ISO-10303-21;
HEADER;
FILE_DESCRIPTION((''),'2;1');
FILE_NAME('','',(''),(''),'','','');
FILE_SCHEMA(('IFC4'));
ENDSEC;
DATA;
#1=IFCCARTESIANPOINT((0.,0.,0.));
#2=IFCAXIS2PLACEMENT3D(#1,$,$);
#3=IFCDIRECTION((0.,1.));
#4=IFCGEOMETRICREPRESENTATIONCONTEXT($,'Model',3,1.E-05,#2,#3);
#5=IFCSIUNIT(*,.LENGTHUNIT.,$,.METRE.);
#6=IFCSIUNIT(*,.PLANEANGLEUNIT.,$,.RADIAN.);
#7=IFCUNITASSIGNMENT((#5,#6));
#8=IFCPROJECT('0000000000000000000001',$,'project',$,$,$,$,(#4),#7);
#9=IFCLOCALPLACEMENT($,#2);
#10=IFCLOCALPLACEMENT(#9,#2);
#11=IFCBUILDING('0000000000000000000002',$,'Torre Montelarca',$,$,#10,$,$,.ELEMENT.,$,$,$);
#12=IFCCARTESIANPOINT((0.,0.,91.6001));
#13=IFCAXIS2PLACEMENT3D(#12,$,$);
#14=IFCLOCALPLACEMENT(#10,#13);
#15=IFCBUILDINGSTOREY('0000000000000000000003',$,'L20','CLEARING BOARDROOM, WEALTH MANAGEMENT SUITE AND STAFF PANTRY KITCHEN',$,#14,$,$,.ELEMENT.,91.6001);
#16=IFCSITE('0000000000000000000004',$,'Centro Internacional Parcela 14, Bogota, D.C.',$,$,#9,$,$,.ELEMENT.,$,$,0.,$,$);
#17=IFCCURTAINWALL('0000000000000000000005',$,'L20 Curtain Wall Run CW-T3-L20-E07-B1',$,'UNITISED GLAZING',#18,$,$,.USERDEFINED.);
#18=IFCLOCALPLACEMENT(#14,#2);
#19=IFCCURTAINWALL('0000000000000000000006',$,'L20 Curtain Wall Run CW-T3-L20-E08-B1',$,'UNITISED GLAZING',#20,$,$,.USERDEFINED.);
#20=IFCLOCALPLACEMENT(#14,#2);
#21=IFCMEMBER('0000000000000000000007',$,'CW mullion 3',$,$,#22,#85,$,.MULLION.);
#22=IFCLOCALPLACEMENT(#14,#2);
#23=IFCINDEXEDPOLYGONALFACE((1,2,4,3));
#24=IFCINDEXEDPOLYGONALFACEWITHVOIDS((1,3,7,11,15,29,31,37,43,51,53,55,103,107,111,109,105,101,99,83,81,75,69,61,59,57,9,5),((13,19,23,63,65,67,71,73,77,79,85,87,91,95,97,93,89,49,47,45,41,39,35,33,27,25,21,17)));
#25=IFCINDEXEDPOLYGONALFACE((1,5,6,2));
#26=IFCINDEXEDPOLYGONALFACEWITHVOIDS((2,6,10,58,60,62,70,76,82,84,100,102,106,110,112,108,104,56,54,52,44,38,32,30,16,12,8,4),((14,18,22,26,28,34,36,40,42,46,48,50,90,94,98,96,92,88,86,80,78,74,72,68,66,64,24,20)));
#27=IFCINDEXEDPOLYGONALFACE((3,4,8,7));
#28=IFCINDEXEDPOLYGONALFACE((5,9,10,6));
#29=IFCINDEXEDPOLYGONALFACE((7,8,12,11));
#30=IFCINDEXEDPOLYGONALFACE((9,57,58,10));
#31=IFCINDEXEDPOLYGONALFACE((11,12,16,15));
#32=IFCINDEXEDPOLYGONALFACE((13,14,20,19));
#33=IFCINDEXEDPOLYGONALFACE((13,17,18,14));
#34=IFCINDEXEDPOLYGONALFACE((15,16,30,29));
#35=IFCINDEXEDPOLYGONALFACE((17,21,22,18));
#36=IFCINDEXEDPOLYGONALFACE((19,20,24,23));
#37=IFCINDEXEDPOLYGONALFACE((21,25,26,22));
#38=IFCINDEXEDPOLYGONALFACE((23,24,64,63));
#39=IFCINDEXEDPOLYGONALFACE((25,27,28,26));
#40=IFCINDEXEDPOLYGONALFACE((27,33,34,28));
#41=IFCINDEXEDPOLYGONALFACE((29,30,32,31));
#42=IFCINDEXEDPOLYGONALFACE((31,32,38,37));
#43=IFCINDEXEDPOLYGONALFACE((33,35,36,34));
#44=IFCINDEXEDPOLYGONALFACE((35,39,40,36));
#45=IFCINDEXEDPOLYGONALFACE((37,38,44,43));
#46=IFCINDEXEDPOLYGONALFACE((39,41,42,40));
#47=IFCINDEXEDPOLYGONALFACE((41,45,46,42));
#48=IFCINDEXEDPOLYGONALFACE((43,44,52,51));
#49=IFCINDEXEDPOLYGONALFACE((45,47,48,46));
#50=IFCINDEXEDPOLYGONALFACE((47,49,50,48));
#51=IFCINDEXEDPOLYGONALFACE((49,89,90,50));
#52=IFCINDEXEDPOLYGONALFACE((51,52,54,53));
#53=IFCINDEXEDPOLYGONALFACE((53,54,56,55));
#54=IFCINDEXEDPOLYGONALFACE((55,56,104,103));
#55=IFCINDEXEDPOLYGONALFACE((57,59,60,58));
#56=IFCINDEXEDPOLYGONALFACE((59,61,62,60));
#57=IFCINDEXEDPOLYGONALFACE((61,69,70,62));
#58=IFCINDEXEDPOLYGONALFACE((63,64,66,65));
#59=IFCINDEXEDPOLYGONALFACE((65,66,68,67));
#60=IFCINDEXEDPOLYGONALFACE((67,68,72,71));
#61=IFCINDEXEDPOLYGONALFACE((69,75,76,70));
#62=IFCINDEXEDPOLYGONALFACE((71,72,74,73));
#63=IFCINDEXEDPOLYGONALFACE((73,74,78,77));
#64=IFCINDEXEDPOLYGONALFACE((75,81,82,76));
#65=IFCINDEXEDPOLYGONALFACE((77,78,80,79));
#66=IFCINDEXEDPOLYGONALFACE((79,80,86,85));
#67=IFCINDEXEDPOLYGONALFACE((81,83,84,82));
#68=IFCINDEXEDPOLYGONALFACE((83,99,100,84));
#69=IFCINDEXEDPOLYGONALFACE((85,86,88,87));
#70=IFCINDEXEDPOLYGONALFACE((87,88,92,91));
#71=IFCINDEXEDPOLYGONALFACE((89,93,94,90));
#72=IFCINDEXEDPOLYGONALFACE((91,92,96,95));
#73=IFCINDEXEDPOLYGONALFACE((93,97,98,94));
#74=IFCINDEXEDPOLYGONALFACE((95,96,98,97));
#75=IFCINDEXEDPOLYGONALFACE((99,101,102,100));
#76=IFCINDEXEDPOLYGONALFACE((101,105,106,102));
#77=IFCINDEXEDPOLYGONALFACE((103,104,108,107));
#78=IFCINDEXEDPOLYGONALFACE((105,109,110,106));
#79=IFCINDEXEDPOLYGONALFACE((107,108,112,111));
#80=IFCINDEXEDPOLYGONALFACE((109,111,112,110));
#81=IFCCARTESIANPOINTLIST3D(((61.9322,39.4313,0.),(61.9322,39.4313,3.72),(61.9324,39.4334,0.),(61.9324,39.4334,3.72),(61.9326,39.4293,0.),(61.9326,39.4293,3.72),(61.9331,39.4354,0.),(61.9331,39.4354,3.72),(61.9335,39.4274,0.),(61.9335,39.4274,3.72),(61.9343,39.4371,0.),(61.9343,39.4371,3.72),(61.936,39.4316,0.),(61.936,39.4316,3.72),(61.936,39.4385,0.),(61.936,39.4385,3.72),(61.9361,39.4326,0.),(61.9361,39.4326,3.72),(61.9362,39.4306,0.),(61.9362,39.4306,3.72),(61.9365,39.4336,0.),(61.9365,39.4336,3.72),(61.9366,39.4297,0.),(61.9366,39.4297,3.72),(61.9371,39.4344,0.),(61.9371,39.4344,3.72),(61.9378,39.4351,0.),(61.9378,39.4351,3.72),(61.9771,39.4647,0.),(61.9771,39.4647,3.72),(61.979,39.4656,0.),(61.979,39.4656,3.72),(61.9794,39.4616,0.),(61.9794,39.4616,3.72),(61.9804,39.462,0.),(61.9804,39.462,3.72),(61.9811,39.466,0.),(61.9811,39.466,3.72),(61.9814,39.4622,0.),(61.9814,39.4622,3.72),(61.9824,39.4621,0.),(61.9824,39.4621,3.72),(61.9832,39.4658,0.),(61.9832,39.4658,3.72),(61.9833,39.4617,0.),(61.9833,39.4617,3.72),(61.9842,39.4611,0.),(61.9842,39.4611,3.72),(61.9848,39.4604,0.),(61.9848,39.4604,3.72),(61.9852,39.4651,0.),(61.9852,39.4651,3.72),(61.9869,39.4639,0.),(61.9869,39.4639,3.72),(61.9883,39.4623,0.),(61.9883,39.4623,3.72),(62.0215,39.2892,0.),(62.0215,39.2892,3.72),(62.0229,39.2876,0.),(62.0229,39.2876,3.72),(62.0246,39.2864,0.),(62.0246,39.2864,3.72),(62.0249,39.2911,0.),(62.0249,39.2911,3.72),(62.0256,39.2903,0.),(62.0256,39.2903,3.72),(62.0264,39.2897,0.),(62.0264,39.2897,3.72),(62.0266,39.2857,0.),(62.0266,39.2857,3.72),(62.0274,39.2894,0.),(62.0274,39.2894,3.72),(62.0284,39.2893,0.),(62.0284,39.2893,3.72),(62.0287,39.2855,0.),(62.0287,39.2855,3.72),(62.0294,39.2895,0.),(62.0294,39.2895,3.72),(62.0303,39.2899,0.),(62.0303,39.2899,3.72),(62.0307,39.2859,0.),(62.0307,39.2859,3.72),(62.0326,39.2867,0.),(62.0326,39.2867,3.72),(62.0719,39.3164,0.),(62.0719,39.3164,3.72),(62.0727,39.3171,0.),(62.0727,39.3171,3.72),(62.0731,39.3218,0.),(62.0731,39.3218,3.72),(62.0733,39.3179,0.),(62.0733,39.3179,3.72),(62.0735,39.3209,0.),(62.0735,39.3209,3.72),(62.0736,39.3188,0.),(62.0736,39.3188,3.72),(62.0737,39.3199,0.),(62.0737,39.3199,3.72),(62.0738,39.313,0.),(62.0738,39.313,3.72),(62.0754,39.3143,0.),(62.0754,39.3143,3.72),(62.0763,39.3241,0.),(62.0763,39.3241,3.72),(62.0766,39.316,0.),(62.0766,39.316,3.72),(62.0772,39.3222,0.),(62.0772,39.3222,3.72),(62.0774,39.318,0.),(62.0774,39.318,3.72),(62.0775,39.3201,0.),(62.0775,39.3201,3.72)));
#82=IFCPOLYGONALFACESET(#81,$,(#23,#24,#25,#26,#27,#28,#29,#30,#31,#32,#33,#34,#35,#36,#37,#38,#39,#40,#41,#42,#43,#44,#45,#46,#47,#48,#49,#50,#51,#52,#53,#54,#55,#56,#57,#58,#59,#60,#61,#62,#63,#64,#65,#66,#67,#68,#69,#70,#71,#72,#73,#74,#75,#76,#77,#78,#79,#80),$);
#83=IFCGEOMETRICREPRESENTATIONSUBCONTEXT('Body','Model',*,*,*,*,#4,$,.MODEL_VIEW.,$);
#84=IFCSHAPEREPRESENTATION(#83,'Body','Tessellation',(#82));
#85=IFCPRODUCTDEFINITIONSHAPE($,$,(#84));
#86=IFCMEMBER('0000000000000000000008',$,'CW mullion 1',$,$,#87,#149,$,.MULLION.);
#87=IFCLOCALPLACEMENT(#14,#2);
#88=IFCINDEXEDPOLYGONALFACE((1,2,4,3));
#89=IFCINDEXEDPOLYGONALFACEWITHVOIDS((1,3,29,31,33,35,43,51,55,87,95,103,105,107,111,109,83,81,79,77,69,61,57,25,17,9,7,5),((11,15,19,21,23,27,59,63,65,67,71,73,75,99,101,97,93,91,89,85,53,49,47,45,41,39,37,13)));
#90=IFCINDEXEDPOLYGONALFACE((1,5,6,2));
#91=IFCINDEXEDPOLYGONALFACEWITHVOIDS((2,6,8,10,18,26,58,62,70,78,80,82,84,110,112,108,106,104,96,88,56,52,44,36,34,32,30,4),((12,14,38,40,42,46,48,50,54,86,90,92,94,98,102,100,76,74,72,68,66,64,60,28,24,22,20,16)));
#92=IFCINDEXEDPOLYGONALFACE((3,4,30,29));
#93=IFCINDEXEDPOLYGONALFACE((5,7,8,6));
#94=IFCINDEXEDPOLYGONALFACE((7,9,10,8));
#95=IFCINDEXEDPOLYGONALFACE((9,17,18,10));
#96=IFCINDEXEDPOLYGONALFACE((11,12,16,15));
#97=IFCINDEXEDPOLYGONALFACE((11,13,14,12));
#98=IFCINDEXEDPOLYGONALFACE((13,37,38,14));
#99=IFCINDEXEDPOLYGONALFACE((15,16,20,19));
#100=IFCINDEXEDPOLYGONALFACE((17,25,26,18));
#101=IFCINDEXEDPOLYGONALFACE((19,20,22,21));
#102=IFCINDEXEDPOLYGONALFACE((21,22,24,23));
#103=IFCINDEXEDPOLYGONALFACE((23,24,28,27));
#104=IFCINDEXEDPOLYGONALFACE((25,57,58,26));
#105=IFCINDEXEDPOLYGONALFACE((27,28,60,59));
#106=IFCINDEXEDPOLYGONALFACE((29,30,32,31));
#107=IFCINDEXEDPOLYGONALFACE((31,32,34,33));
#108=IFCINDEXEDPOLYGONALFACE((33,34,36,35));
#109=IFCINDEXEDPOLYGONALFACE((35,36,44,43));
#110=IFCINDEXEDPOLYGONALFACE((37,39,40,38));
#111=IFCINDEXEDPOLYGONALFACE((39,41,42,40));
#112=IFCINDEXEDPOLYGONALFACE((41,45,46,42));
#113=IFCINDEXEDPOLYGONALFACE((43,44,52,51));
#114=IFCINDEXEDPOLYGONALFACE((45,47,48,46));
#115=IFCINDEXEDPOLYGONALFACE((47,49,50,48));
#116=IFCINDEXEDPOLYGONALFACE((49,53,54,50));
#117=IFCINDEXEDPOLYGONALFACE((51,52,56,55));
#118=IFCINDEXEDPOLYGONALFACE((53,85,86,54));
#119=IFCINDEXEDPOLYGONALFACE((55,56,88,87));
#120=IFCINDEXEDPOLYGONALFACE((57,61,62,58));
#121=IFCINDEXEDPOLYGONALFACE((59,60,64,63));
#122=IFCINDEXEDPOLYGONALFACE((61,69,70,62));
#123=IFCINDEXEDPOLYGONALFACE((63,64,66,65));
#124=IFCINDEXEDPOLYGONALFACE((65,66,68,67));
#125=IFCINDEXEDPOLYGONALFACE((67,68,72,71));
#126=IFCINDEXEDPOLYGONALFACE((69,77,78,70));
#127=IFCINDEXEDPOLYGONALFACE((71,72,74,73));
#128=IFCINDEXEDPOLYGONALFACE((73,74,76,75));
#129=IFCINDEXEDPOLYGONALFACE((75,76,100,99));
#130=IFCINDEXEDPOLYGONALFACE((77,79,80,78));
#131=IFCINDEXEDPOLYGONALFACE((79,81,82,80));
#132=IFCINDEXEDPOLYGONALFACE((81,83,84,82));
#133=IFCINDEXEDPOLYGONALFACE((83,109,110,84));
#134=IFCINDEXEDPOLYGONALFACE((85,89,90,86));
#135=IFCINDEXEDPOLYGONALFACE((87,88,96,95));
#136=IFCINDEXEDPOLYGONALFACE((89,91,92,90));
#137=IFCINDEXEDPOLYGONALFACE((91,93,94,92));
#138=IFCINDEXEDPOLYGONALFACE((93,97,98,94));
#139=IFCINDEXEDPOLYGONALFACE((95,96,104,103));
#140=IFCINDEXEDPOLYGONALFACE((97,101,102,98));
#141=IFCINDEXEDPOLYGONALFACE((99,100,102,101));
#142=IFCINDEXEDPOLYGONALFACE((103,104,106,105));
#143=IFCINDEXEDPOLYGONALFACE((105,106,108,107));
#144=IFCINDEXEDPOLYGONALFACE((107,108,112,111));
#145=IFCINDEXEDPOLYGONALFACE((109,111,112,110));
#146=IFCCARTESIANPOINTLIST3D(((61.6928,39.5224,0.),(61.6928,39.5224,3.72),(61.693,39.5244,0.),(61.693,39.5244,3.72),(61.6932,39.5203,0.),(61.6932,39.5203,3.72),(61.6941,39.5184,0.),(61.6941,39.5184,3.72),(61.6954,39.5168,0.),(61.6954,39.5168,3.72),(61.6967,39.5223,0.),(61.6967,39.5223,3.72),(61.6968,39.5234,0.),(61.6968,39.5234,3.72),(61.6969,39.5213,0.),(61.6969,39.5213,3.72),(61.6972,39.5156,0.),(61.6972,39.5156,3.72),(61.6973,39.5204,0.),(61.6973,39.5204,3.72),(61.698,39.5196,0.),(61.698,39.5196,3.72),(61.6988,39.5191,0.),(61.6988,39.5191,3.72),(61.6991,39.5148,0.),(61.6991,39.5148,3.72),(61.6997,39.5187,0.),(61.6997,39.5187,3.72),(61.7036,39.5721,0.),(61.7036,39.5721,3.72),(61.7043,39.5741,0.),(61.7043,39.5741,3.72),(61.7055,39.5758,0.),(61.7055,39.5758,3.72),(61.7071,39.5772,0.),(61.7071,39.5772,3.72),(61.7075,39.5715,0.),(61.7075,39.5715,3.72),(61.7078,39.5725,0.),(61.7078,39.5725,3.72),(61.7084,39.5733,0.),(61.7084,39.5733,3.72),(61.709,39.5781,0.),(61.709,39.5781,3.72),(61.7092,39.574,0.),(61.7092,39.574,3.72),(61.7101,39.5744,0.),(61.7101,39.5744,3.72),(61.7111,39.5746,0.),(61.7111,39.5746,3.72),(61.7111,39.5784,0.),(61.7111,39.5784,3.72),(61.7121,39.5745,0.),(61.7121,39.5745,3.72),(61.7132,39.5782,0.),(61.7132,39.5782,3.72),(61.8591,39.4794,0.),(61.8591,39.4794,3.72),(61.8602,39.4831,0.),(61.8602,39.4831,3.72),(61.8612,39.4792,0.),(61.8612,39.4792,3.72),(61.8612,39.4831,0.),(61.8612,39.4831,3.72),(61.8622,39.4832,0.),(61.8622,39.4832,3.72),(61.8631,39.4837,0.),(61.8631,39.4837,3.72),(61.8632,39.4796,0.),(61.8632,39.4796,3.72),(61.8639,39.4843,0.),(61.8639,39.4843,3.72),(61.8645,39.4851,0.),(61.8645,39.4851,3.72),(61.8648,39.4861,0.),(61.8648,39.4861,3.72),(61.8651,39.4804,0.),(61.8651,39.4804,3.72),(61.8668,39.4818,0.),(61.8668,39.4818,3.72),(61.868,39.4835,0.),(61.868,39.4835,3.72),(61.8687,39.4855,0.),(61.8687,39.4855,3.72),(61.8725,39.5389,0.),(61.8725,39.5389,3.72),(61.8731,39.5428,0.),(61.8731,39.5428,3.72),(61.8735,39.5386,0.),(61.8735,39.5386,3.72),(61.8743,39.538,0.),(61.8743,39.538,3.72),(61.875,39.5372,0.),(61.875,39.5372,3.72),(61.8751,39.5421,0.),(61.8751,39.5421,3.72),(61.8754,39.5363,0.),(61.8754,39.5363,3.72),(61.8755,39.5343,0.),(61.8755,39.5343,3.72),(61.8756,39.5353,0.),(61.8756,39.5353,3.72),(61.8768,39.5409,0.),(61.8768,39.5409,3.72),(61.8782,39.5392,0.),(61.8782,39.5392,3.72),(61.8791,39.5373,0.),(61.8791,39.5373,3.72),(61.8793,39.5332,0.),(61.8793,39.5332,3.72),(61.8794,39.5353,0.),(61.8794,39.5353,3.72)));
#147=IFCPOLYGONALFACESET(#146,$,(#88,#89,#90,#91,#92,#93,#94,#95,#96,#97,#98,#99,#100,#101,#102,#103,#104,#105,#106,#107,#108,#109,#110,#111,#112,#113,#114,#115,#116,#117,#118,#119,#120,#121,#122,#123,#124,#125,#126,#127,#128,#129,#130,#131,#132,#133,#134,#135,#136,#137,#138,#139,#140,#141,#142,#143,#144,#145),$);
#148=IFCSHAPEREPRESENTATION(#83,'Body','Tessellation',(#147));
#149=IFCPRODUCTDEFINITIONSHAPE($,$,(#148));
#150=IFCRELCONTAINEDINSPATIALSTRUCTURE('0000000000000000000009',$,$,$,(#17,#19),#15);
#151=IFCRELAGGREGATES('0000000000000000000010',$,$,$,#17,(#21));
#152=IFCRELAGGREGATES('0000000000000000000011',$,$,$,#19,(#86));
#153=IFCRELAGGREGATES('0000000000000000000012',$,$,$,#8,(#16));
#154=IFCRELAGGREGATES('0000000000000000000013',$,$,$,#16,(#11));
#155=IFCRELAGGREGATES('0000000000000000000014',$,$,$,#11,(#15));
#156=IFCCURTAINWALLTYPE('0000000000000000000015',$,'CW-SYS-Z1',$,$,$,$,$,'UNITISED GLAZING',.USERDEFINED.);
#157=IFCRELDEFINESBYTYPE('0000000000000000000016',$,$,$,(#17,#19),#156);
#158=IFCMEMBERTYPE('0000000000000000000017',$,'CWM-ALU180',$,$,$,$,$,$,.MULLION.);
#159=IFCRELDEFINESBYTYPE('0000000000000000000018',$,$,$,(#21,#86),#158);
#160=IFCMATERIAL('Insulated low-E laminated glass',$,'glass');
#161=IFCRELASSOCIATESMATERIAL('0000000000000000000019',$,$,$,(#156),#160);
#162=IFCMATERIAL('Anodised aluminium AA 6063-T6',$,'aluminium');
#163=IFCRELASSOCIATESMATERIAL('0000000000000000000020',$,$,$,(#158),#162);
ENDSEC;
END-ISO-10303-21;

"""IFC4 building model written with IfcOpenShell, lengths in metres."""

from ifc_helpers import new_model, si_unit, direction, frame, origin, origin_2d, place, context, subcontext, project, spatial, hollow_rectangle, extrude, source, transform, mapped, material, material_profile, profile_set, type_object, element, aggregate, save


model = new_model("IFC4")

# Units and contexts
model_context = context("Model", 3, precision=1e-05, world=origin(), true_north=direction((0.0, 1.0)))
body_context = subcontext(model_context, "Body", "Model", "MODEL_VIEW")
ifc_project = project(units=[si_unit("LENGTHUNIT", "METRE"), si_unit("PLANEANGLEUNIT", "RADIAN")], contexts=[model_context])

# Site, building, storey
site_placement = place(None, origin())
site = spatial("IfcSite", under=ifc_project, at=site_placement, Name="Centro Internacional Parcela 14, Bogota, D.C.", CompositionType="ELEMENT", RefElevation=0.0)
building_placement = place(site_placement, origin())
building = spatial("IfcBuilding", under=site, at=building_placement, Name="Torre Montelarca", CompositionType="ELEMENT")
storey_placement = place(building_placement, frame((0.0, 0.0, 91.6001)))
storey = spatial("IfcBuildingStorey", under=building, at=storey_placement, Name="L20", Description="CLEARING BOARDROOM, WEALTH MANAGEMENT SUITE AND STAFF PANTRY KITCHEN", CompositionType="ELEMENT", Elevation=91.6001)

# Curtain wall
ifc_material_1 = material(Name="Insulated low-E laminated glass", Category="glass")
curtain_wall_type = type_object("IfcCurtainWallType", Name="CW-SYS-Z1", ElementType="UNITISED GLAZING", PredefinedType="USERDEFINED", material=ifc_material_1)
curtain_wall_1_placement = place(storey_placement, origin())
curtain_wall_1 = element("IfcCurtainWall", 1, at=curtain_wall_1_placement, inside=storey, type_object=curtain_wall_type, Name="L20 Curtain Wall Run CW-T3-L20-E07-B1", ObjectType="UNITISED GLAZING", PredefinedType="USERDEFINED")
ifc_material_2 = material(Name="Anodised aluminium AA 6063-T6", Category="aluminium")

# Curtain wall
curtain_wall_2_placement = place(storey_placement, origin())
curtain_wall_2 = element("IfcCurtainWall", 2, at=curtain_wall_2_placement, inside=storey, type_object=curtain_wall_type, Name="L20 Curtain Wall Run CW-T3-L20-E08-B1", ObjectType="UNITISED GLAZING", PredefinedType="USERDEFINED")

# Members
ifc_material_profile_1 = material_profile(ifc_material_2, hollow_rectangle(XDim=0.0649, YDim=0.1799, WallThickness=0.0039, InnerFilletRadius=0.0039, OuterFilletRadius=0.0081, at=origin_2d()), Name="ALU65X180X4", Category="aluminium")
ifc_profile_set_1 = profile_set([ifc_material_profile_1], Name="Anodised aluminium AA 6063-T6")
member_type_1 = type_object("IfcMemberType", Name="CWM-ALU180", PredefinedType="MULLION", material=ifc_profile_set_1)
shared_shape_1 = source(origin(), body_context, "Body", "SweptSolid", [
    extrude(hollow_rectangle(XDim=0.0649, YDim=0.1799, WallThickness=0.0039, InnerFilletRadius=0.0039, OuterFilletRadius=0.0081, at=origin_2d()), origin(), (0.0, 0.0, 1.0), 3.72),
])
member_1_placement = place(storey_placement, frame((62.0049, 39.3757, 0.0), z_axis=(0.0, 0.0, 1.0), x_axis=(-0.843381, -0.537316, 0.0)))
member_1 = element("IfcMember", 3, at=member_1_placement, type_object=member_type_1, Name="CW mullion 3", PredefinedType="MULLION", context=body_context, shape_type="MappedRepresentation", body=[
    mapped(shared_shape_1, transform((0.0, 0.0, 0.0), scale=1.0)),
])
member_2_placement = place(storey_placement, frame((61.7861, 39.5288, 0.0), z_axis=(0.0, 0.0, 1.0), x_axis=(-0.216443, -0.976295, 0.0)))
member_2 = element("IfcMember", 4, at=member_2_placement, type_object=member_type_1, Name="CW mullion 1", PredefinedType="MULLION", context=body_context, shape_type="MappedRepresentation", body=[
    mapped(shared_shape_1, transform((0.0, 0.0, 0.0), scale=1.0)),
])

aggregate(curtain_wall_1, [member_1])
aggregate(curtain_wall_2, [member_2])

save(model, "model.ifc")
